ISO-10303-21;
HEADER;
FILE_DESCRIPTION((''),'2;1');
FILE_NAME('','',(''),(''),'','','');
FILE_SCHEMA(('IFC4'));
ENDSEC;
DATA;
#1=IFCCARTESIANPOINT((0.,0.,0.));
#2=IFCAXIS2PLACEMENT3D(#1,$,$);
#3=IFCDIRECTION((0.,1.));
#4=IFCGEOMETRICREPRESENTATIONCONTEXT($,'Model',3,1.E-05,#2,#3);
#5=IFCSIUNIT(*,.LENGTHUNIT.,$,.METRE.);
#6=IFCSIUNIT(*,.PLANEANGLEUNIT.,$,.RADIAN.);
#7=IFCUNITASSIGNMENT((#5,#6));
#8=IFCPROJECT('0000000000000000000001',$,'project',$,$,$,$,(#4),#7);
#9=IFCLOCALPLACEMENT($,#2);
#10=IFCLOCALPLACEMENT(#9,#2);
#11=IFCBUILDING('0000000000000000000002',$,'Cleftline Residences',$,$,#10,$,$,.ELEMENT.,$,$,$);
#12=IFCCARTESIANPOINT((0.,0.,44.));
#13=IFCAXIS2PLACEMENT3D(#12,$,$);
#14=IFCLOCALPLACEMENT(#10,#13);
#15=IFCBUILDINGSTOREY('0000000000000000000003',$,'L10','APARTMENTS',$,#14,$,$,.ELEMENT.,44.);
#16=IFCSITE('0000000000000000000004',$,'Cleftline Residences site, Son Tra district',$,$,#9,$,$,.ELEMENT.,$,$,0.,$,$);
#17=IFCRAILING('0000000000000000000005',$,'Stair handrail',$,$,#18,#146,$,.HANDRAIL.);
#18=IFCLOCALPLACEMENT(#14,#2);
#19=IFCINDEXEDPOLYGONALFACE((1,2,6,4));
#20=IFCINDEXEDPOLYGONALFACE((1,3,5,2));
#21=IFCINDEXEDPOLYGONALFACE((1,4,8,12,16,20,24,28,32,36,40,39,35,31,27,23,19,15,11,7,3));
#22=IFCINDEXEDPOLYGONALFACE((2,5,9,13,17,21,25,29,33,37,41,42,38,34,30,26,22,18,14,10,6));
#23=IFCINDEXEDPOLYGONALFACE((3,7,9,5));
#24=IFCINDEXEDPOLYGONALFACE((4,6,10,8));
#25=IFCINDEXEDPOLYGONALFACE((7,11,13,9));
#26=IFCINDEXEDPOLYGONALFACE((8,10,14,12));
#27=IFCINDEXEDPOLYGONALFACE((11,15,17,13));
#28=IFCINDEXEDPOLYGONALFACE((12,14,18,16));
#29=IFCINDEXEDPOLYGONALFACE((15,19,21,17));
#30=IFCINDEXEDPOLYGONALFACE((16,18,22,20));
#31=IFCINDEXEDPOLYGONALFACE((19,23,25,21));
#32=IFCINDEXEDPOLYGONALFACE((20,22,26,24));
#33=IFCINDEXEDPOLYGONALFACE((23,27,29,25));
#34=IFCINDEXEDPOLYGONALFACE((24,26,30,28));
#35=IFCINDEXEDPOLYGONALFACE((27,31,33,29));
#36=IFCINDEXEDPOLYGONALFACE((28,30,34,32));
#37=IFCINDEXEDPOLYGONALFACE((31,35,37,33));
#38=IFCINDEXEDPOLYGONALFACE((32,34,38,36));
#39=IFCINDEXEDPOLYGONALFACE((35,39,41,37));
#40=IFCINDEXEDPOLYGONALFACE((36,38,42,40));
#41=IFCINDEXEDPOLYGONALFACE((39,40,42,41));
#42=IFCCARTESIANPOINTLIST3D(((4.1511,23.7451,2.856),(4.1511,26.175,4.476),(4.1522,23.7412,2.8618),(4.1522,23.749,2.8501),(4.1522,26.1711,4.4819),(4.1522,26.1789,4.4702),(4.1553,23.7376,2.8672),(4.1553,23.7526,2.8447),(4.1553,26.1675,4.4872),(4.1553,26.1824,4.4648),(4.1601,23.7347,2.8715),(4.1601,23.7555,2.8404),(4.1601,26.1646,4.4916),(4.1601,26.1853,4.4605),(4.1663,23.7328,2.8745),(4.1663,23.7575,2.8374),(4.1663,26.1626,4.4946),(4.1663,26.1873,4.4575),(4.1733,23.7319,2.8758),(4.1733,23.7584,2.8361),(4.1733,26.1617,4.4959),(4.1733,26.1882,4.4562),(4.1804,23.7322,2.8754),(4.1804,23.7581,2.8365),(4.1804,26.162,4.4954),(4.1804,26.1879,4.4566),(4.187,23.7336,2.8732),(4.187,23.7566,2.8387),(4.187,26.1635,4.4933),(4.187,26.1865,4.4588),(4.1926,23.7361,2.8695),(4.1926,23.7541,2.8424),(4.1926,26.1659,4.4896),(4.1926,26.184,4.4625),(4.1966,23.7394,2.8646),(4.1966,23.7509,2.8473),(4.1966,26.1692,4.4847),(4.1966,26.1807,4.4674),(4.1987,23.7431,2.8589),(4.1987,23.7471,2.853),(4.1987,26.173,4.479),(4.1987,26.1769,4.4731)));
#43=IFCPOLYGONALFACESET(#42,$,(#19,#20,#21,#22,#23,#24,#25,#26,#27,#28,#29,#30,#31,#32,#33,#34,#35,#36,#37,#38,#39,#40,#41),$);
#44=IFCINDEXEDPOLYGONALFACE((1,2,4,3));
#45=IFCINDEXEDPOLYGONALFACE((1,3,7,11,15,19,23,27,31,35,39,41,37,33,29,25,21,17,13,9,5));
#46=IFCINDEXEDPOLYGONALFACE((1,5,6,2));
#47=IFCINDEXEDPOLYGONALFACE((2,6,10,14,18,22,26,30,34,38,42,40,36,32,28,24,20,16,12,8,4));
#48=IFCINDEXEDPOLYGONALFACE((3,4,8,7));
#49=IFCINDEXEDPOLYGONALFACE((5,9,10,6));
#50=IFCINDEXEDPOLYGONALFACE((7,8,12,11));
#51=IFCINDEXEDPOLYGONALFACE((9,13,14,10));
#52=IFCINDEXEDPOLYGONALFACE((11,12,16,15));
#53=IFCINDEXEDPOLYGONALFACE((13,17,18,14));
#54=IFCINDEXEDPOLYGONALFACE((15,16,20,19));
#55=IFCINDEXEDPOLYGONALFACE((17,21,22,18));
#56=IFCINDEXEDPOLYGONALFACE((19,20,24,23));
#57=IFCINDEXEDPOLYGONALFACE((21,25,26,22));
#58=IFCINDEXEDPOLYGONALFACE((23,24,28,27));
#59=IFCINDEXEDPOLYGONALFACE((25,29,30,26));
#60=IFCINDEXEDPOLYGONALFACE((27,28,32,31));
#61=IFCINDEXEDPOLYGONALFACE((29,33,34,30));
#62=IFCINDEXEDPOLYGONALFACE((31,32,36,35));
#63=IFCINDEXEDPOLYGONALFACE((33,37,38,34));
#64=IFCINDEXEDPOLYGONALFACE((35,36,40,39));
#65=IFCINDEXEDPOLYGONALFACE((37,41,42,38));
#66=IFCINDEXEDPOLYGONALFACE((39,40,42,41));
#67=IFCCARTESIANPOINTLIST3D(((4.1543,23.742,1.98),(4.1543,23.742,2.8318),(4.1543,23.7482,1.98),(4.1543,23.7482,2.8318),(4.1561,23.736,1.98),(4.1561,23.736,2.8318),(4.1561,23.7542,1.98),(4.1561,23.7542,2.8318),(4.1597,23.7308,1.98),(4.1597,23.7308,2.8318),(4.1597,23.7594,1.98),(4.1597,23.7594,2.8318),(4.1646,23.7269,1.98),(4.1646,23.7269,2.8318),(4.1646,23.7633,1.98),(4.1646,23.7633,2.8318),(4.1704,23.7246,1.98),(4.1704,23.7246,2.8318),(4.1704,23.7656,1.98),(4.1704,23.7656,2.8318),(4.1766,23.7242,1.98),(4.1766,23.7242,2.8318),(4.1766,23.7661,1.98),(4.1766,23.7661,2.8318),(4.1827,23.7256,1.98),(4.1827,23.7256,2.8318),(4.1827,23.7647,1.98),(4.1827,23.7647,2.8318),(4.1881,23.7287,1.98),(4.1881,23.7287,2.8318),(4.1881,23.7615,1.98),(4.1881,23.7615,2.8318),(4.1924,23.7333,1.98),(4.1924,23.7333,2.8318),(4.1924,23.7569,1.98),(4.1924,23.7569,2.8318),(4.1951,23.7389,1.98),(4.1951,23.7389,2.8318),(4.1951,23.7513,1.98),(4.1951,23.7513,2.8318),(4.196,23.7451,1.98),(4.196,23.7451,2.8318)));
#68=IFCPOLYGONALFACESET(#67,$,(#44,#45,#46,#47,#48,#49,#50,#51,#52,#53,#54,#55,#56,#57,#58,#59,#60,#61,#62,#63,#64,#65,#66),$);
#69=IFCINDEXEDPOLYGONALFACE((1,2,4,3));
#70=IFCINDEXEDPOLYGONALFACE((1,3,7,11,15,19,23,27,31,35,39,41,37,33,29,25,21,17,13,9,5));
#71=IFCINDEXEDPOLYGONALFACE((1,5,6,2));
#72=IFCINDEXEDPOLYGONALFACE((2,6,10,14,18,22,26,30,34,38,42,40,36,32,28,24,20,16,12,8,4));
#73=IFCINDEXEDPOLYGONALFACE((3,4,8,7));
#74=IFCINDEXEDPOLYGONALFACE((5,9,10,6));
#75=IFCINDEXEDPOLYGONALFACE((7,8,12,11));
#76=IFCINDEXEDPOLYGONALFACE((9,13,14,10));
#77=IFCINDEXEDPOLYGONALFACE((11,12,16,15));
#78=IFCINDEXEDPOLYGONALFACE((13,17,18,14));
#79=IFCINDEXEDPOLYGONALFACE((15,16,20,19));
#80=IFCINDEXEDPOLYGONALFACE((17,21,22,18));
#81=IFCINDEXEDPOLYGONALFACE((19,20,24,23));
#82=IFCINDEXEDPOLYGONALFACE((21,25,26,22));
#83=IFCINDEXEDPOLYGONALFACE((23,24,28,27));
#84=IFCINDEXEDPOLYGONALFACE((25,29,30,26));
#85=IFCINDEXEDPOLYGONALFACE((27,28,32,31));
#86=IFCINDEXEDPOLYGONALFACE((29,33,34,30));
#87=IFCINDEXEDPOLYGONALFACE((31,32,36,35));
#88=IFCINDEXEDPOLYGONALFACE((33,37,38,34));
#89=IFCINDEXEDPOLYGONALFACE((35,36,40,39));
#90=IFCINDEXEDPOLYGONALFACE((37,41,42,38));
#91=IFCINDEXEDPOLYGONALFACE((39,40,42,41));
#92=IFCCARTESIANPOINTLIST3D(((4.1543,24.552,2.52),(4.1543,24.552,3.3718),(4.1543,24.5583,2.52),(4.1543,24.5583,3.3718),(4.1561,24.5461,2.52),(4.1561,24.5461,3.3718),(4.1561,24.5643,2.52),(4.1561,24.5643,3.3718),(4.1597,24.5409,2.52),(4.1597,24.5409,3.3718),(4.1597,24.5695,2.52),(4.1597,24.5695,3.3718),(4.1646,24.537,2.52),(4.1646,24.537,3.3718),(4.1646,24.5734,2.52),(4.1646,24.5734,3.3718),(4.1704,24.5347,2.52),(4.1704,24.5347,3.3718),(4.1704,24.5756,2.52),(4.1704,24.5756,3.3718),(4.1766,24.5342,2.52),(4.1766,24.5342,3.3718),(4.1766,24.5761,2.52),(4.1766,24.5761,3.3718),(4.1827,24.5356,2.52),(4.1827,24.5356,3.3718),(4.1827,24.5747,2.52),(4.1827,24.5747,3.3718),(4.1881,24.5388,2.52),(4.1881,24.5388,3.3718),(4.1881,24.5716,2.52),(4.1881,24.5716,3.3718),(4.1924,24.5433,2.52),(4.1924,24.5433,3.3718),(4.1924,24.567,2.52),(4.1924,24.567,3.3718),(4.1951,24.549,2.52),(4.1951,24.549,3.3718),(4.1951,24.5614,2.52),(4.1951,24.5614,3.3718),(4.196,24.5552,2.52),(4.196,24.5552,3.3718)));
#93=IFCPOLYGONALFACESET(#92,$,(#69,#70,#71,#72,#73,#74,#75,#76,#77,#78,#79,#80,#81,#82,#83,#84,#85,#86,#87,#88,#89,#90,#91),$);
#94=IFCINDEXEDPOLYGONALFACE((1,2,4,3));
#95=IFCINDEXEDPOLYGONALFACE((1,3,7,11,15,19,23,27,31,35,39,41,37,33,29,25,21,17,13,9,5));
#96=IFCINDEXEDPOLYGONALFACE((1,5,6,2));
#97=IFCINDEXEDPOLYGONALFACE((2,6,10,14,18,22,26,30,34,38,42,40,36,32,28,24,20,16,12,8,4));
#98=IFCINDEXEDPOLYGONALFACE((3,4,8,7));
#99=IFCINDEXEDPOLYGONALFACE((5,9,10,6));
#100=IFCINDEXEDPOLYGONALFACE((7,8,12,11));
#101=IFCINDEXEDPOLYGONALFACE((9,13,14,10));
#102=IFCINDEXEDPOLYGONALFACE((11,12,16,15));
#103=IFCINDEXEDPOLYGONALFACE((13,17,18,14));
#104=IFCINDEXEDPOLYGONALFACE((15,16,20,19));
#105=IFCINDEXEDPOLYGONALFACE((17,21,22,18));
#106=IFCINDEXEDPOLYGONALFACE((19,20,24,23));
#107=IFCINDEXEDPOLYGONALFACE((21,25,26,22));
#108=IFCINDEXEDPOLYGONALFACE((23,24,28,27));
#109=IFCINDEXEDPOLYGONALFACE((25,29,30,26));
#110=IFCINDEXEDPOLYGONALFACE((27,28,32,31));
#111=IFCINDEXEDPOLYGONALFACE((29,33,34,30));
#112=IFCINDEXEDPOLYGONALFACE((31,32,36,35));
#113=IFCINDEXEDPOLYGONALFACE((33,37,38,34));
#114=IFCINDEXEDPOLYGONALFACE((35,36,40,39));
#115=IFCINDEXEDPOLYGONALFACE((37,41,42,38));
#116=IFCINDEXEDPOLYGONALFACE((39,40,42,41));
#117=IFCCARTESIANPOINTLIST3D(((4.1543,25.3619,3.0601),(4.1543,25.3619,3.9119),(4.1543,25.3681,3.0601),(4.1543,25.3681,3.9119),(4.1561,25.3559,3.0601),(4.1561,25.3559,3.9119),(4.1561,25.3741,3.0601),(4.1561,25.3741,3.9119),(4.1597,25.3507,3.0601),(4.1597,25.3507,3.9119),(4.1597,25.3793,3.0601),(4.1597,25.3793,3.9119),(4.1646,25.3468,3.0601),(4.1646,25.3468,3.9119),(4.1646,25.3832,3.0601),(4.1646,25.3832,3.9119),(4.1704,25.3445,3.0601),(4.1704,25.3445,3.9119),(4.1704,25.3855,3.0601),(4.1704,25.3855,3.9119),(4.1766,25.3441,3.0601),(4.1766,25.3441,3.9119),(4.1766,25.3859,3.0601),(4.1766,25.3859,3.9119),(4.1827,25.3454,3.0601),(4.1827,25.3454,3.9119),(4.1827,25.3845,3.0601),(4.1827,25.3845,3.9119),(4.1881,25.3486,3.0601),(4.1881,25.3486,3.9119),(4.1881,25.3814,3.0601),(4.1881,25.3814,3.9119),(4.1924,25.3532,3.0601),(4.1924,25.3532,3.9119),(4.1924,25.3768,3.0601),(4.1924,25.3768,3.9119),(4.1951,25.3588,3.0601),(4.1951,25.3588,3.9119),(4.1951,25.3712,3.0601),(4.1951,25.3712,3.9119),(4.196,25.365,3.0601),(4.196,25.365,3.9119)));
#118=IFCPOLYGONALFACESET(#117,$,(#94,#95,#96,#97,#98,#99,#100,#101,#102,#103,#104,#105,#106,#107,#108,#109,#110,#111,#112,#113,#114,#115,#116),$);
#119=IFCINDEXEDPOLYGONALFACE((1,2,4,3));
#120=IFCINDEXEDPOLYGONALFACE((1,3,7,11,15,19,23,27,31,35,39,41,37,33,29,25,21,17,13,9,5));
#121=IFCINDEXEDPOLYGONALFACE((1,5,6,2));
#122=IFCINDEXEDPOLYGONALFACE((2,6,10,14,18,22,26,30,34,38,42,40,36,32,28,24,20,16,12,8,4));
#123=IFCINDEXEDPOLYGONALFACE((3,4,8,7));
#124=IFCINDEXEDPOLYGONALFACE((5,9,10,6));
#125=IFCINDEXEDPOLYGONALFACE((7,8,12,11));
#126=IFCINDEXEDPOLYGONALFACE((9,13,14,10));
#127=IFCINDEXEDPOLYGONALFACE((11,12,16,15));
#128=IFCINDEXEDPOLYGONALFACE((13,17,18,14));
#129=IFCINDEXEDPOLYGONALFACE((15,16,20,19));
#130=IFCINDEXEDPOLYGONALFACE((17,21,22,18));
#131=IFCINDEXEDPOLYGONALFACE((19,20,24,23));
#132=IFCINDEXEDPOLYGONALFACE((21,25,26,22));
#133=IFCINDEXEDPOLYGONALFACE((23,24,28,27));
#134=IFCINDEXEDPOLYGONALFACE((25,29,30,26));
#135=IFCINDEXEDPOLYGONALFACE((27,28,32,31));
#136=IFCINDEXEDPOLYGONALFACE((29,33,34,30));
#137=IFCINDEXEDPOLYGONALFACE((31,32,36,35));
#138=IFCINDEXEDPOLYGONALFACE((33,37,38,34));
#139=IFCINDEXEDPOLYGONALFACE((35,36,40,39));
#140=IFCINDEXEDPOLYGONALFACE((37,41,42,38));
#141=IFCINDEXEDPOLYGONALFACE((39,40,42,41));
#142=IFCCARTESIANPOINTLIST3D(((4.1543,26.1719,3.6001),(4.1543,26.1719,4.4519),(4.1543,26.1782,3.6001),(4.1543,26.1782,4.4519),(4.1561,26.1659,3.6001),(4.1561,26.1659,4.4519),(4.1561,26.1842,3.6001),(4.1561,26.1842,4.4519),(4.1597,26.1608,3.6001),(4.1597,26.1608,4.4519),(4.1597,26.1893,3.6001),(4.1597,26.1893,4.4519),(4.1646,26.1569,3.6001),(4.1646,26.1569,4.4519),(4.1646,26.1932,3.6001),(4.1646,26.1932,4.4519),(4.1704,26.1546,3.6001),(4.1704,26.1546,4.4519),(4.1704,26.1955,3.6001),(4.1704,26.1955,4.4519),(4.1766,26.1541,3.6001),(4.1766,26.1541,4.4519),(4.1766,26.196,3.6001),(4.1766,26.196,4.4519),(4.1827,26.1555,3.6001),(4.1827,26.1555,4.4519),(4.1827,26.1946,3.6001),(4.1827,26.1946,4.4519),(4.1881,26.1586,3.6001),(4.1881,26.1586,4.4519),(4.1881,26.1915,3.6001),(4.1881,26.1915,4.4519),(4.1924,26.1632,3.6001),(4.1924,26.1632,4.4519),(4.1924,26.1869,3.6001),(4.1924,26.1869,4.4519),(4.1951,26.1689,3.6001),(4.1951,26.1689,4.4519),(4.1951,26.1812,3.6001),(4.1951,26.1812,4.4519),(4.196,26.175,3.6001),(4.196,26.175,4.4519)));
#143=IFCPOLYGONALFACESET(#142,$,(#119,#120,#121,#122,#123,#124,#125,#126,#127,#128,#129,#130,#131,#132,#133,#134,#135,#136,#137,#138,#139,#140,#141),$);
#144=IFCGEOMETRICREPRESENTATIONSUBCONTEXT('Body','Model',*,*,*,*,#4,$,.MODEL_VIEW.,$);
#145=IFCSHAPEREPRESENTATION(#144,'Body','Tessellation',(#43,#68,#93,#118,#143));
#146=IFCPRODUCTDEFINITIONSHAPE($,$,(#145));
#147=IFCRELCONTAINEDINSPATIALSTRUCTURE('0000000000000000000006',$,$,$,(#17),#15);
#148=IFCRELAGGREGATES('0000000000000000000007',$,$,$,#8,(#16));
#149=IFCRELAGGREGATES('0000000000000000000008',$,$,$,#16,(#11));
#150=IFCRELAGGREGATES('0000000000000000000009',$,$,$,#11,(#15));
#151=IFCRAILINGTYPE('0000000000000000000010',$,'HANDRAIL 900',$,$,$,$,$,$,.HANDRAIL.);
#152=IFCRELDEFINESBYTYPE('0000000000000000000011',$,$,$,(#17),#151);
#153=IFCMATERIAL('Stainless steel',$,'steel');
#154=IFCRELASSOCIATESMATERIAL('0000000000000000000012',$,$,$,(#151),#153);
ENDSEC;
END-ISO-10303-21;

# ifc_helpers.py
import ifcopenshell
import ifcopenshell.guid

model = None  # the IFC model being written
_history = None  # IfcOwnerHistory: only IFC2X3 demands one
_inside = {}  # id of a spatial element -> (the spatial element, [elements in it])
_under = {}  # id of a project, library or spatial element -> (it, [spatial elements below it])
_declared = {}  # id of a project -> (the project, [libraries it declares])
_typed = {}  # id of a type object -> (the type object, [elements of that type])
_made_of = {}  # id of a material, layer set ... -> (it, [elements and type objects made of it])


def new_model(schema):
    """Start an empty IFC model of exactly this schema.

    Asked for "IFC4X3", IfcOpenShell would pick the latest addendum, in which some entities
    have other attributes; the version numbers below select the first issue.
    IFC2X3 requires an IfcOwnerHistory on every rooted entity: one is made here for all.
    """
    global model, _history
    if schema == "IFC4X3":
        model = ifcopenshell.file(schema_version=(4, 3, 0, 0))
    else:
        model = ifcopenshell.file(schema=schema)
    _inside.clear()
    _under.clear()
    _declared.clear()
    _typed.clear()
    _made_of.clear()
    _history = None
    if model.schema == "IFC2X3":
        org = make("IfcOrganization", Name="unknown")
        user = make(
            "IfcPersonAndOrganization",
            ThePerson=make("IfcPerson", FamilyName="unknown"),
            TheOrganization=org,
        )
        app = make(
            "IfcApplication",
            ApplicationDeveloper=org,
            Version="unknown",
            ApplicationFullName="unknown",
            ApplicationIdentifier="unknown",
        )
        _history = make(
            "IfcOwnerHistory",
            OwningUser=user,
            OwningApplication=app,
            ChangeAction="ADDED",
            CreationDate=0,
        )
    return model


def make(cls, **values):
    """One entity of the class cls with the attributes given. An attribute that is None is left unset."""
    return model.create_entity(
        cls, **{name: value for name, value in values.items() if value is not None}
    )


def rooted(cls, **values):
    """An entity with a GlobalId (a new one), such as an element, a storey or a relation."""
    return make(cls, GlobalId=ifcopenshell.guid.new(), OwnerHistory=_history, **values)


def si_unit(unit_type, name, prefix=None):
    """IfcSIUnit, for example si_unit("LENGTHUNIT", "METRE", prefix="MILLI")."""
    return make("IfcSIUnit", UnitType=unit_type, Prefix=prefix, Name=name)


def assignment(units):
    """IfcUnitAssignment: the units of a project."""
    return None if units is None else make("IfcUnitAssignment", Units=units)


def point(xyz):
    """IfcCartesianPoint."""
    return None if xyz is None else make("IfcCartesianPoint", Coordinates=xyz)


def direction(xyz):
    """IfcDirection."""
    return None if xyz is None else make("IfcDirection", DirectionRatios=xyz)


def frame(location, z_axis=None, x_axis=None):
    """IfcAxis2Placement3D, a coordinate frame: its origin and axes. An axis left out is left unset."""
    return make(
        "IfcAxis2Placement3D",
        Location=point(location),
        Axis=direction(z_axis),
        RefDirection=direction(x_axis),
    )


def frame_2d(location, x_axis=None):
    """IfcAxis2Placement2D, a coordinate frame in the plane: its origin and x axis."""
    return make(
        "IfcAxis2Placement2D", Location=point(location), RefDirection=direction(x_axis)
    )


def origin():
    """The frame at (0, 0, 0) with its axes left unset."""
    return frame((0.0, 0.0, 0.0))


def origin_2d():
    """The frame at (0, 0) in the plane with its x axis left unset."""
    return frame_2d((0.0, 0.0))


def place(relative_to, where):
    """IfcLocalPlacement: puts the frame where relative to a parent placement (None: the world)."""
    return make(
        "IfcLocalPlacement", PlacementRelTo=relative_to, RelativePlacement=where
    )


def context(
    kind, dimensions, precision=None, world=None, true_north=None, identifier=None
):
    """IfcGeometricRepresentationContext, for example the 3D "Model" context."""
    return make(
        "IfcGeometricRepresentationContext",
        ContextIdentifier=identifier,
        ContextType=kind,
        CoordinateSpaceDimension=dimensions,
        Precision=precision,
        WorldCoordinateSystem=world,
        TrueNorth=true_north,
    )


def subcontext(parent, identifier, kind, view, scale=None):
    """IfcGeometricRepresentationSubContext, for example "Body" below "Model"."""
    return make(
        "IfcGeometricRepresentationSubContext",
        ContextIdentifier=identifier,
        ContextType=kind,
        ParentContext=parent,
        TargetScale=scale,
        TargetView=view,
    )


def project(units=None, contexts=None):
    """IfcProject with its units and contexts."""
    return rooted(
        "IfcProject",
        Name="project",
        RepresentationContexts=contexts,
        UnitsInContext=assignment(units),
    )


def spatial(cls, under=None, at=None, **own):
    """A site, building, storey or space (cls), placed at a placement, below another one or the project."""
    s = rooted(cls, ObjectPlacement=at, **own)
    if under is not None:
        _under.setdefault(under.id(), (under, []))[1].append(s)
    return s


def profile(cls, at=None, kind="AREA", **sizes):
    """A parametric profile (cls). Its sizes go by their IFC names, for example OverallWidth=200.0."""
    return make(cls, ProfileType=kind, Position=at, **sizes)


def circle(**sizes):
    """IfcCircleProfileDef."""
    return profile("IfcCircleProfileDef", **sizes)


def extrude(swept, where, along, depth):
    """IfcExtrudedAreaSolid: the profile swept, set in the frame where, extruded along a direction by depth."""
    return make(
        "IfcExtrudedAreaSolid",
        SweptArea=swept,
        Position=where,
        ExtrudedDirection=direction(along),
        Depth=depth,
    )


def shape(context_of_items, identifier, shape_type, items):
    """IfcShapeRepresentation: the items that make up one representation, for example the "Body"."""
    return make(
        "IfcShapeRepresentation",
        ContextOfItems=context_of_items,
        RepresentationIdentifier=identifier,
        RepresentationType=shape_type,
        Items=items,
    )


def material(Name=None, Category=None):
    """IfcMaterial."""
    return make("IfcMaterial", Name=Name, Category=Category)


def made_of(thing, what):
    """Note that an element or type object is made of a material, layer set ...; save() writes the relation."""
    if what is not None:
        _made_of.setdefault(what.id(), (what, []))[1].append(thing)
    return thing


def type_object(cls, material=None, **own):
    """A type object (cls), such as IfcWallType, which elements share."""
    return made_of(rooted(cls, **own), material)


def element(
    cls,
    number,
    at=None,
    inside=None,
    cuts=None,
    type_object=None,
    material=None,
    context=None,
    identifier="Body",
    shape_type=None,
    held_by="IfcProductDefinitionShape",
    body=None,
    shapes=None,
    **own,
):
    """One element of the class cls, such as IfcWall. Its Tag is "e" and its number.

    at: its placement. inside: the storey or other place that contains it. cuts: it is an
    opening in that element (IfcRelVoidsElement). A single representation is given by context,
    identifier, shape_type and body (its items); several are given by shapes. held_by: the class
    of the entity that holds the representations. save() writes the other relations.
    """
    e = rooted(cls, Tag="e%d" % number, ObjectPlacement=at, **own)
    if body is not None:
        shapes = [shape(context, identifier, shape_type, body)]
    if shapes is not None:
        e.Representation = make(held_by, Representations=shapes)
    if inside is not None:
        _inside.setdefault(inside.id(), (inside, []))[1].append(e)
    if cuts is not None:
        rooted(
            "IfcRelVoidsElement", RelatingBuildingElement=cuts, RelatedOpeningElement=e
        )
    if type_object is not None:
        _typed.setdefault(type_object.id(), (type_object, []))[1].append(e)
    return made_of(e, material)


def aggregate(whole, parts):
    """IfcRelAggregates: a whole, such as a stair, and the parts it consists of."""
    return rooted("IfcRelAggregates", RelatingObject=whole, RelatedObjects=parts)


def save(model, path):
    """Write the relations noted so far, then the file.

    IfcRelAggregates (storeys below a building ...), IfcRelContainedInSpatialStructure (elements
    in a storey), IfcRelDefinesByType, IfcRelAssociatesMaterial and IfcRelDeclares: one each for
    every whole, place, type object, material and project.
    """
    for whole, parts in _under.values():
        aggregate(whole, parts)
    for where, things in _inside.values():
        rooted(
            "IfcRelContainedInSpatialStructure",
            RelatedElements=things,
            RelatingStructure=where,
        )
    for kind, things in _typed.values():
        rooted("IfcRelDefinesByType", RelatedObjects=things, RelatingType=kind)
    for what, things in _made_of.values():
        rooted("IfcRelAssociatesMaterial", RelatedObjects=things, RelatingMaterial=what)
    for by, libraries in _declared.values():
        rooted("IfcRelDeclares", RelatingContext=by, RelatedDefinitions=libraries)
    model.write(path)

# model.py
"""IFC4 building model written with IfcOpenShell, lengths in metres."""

from ifc_helpers import new_model, si_unit, direction, frame, origin, origin_2d, place, context, subcontext, project, spatial, circle, extrude, material, type_object, element, save


model = new_model("IFC4")

# Units and contexts
model_context = context("Model", 3, precision=1e-05, world=origin(), true_north=direction((0.0, 1.0)))
body_context = subcontext(model_context, "Body", "Model", "MODEL_VIEW")
ifc_project = project(units=[si_unit("LENGTHUNIT", "METRE"), si_unit("PLANEANGLEUNIT", "RADIAN")], contexts=[model_context])

# Site, building, storey
site_placement = place(None, origin())
site = spatial("IfcSite", under=ifc_project, at=site_placement, Name="Cleftline Residences site, Son Tra district", CompositionType="ELEMENT", RefElevation=0.0)
building_placement = place(site_placement, origin())
building = spatial("IfcBuilding", under=site, at=building_placement, Name="Cleftline Residences", CompositionType="ELEMENT")
storey_placement = place(building_placement, frame((0.0, 0.0, 44.0)))
storey = spatial("IfcBuildingStorey", under=building, at=storey_placement, Name="L10", Description="APARTMENTS", CompositionType="ELEMENT", Elevation=44.0)

# Railing
ifc_material_1 = material(Name="Stainless steel", Category="steel")
railing_type = type_object("IfcRailingType", Name="HANDRAIL 900", PredefinedType="HANDRAIL", material=ifc_material_1)
railing_1_placement = place(storey_placement, frame((4.175, 23.7451, 1.98)))
element("IfcRailing", 1, at=railing_1_placement, inside=storey, type_object=railing_type, Name="Stair handrail", PredefinedType="HANDRAIL", context=body_context, shape_type="SweptSolid", body=[
    extrude(circle(Radius=0.0239, at=origin_2d()), frame((0.0, 0.0, 0.876), z_axis=(0.0, 0.832025, 0.554739), x_axis=(-1.0, 0.0, 0.0)), (0.0, 0.0, 1.0), 2.9204),
    extrude(circle(Radius=0.021, at=origin_2d()), origin(), (0.0, 0.0, 1.0), 0.8518),
    extrude(circle(Radius=0.021, at=origin_2d()), frame((0.0, 0.8101, 0.54)), (0.0, 0.0, 1.0), 0.8518),
    extrude(circle(Radius=0.021, at=origin_2d()), frame((0.0, 1.6199, 1.0801)), (0.0, 0.0, 1.0), 0.8518),
    extrude(circle(Radius=0.021, at=origin_2d()), frame((0.0, 2.4299, 1.6201)), (0.0, 0.0, 1.0), 0.8518),
])

save(model, "model.ifc")
